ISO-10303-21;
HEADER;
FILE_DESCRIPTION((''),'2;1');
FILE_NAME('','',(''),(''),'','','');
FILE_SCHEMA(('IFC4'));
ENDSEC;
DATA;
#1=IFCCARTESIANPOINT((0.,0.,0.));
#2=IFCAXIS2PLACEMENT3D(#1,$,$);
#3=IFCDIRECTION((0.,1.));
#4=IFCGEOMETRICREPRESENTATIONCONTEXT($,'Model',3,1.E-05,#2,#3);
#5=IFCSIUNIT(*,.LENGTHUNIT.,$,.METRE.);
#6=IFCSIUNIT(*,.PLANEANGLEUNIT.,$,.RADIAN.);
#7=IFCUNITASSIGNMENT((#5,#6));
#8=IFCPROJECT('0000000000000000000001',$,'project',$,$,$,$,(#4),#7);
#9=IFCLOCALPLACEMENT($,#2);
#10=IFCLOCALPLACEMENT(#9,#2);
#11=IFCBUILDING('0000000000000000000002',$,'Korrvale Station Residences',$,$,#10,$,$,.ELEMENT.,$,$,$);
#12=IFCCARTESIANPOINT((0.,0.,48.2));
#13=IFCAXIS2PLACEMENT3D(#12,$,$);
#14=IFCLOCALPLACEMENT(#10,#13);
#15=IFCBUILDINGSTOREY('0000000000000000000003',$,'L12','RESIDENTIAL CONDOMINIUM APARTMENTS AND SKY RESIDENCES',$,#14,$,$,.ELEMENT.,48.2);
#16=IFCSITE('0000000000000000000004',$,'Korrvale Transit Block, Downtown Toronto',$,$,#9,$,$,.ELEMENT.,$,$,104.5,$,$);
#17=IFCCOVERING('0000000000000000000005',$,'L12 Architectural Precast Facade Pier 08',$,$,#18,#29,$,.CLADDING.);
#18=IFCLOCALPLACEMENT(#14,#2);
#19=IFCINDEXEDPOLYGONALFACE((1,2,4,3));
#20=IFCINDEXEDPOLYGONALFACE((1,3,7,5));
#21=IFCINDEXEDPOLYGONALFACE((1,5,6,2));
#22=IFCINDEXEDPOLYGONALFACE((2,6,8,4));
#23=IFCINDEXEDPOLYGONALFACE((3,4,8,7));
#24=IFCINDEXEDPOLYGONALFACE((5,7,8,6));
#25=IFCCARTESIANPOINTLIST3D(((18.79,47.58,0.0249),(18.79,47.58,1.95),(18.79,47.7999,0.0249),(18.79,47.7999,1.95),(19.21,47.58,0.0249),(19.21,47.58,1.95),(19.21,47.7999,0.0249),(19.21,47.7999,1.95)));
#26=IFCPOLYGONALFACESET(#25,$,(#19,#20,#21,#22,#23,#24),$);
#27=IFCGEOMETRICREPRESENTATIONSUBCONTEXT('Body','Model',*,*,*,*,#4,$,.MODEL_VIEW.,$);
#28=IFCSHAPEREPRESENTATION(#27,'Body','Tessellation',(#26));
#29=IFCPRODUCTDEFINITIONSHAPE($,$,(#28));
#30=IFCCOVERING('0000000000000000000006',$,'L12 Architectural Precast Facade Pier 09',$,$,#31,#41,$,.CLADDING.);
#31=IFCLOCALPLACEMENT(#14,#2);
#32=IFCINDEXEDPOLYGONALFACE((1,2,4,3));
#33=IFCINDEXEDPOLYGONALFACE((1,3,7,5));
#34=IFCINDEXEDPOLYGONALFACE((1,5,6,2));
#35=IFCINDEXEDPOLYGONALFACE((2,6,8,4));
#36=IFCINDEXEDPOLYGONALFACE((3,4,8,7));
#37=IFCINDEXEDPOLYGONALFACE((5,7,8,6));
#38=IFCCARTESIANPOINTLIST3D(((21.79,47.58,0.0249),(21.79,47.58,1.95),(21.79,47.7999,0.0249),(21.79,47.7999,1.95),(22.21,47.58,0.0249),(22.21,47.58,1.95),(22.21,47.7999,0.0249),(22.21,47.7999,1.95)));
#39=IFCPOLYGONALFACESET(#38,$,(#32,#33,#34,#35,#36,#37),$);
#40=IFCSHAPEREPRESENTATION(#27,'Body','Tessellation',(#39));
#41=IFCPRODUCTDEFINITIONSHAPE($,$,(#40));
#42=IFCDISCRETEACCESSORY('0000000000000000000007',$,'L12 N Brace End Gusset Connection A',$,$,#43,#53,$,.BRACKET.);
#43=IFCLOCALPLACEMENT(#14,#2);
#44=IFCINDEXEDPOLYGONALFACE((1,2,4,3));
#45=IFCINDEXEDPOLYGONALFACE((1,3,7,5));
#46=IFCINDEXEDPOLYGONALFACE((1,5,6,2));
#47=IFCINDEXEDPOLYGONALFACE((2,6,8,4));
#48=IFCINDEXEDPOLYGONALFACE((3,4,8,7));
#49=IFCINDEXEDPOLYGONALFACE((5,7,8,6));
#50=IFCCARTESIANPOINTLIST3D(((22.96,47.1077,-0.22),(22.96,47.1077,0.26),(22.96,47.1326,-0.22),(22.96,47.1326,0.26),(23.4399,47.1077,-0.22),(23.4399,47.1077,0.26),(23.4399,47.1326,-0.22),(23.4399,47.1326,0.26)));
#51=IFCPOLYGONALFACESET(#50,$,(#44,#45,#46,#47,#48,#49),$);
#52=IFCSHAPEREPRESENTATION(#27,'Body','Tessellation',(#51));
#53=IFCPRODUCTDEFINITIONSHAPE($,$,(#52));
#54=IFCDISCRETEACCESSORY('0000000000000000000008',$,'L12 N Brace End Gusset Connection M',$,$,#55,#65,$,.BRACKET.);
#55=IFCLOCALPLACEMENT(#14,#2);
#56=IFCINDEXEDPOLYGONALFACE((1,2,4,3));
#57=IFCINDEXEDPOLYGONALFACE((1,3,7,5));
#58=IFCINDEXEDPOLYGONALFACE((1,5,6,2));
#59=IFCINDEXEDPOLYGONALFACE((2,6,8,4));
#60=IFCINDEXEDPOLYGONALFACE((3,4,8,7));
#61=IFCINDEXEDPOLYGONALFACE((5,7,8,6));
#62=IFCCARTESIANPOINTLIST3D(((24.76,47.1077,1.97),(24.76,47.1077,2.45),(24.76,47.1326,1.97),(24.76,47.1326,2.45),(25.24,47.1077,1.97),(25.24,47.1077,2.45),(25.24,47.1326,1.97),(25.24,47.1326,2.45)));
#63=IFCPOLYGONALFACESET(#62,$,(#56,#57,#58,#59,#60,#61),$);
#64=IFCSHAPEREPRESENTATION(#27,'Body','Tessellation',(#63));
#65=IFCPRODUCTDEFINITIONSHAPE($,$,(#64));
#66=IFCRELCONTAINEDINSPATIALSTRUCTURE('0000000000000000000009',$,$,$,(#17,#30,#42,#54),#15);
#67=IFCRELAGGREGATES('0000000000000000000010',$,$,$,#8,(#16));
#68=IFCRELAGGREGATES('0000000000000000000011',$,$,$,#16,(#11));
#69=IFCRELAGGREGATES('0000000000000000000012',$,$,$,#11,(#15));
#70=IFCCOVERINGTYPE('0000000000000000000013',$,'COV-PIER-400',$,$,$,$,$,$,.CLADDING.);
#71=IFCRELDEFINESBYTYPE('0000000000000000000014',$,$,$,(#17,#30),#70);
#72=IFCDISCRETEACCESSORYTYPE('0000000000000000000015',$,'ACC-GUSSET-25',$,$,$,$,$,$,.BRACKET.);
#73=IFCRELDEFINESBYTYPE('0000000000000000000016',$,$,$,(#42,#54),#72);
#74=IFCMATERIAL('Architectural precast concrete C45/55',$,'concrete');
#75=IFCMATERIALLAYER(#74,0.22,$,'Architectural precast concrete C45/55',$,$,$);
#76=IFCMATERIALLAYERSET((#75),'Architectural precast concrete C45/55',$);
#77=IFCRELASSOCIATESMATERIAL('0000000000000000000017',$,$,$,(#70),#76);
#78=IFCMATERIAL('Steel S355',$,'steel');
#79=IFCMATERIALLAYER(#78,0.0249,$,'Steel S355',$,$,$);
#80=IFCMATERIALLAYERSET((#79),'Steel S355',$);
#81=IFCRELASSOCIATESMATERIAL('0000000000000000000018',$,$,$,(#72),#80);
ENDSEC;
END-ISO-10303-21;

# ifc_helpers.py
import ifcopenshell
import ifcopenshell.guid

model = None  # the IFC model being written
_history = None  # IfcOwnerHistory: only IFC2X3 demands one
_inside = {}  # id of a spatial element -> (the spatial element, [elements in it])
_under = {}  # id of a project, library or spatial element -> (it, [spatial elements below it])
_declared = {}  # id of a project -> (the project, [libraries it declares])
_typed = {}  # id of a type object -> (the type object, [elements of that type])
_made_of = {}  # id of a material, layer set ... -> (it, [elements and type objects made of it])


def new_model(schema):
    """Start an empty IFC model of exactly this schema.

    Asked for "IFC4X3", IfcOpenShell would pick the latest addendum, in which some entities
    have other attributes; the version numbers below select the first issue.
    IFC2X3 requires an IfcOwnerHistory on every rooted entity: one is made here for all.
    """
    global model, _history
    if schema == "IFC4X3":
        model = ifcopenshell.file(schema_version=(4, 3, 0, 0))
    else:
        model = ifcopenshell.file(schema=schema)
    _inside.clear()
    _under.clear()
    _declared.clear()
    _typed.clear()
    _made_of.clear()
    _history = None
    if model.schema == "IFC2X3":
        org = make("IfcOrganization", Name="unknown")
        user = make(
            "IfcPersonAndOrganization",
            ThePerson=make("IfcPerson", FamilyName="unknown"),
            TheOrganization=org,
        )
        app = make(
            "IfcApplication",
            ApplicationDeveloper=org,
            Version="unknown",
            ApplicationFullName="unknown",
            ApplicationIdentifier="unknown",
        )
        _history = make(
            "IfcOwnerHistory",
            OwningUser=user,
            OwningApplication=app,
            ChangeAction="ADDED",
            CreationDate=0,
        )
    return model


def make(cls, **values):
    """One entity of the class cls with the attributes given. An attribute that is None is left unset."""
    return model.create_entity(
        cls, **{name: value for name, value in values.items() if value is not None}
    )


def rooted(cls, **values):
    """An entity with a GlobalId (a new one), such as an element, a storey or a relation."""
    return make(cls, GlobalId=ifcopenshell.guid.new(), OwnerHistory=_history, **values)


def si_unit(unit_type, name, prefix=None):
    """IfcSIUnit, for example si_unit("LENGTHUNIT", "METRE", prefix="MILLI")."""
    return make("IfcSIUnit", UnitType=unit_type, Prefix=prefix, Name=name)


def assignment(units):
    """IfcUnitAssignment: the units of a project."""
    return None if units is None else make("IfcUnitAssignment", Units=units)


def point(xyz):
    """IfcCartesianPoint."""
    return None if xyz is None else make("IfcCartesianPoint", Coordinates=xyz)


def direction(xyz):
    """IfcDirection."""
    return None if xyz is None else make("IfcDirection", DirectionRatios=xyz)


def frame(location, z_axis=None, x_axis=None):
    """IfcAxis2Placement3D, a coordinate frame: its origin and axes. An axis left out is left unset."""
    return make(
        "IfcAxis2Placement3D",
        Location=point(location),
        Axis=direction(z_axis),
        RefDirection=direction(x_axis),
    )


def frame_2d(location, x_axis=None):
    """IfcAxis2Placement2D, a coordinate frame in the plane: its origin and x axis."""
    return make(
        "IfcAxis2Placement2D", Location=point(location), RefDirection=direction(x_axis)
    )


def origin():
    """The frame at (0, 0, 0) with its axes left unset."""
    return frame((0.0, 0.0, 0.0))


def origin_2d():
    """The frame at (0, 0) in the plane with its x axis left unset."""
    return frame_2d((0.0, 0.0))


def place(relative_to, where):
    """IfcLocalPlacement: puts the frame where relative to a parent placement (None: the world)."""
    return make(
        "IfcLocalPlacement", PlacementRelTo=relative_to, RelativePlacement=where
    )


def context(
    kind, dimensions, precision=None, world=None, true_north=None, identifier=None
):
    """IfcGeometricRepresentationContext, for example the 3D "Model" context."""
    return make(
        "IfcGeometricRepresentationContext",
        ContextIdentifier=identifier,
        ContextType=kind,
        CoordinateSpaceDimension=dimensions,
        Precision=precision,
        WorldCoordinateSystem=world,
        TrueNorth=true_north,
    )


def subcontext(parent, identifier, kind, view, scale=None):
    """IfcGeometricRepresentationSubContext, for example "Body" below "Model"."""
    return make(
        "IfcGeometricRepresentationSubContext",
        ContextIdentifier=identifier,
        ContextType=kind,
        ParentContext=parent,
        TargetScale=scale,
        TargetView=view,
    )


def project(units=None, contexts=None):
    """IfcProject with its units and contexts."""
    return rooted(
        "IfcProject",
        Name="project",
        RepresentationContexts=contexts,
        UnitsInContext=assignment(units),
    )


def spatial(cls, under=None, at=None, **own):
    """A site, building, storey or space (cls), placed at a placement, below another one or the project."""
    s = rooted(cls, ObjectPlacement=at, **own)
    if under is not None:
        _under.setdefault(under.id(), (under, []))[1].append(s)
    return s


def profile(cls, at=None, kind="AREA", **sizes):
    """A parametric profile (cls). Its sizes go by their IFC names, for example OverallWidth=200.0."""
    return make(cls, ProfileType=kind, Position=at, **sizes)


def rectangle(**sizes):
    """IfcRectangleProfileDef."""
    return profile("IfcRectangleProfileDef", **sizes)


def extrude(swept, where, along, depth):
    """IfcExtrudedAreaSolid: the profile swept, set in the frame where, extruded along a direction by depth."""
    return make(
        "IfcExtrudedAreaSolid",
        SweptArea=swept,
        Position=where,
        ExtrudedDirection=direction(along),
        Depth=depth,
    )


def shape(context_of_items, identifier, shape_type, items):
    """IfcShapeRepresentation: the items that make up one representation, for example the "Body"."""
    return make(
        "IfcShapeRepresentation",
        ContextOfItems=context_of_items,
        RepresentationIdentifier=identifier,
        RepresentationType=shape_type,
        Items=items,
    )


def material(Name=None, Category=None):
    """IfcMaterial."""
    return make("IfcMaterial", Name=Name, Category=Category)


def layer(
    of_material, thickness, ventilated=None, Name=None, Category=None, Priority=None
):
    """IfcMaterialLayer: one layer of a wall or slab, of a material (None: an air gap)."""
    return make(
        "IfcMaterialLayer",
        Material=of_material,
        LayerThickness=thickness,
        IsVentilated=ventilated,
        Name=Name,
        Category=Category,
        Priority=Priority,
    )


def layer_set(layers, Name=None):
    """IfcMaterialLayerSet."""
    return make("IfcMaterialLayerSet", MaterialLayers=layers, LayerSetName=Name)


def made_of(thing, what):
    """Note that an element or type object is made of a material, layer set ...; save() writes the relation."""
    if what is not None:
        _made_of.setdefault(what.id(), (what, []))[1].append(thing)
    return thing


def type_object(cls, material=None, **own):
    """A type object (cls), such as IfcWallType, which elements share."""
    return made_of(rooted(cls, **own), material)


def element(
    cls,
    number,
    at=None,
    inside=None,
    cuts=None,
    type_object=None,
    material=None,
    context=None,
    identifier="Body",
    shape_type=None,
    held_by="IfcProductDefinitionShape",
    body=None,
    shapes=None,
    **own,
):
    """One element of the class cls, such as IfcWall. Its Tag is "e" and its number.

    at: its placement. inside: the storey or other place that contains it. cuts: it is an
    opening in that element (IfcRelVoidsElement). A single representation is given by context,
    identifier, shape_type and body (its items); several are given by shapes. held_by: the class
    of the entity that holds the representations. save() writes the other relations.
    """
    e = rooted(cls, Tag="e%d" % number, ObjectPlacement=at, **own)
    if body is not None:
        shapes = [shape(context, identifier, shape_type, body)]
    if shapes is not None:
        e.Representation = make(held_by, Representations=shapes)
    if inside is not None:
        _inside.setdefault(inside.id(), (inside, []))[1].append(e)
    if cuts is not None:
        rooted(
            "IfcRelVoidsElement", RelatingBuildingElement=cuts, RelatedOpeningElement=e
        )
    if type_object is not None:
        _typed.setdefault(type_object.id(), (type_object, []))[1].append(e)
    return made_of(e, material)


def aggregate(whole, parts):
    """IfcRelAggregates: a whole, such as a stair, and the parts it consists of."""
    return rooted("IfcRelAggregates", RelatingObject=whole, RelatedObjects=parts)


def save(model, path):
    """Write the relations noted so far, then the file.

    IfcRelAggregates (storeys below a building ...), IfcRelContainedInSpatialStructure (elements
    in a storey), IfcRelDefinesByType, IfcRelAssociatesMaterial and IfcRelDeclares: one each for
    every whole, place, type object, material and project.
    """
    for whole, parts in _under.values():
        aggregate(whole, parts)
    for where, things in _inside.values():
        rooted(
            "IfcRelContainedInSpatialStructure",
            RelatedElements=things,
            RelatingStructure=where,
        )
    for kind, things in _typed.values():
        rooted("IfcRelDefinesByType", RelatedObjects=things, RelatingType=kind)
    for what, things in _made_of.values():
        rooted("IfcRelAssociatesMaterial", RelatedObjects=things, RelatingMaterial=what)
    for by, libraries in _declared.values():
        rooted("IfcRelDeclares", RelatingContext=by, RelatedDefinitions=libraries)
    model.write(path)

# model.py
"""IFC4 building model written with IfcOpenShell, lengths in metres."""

from ifc_helpers import new_model, si_unit, direction, frame, origin, origin_2d, place, context, subcontext, project, spatial, rectangle, extrude, material, layer, layer_set, type_object, element, save


model = new_model("IFC4")

# Units and contexts
model_context = context("Model", 3, precision=1e-05, world=origin(), true_north=direction((0.0, 1.0)))
body_context = subcontext(model_context, "Body", "Model", "MODEL_VIEW")
ifc_project = project(units=[si_unit("LENGTHUNIT", "METRE"), si_unit("PLANEANGLEUNIT", "RADIAN")], contexts=[model_context])

# Site, building, storey
site_placement = place(None, origin())
site = spatial("IfcSite", under=ifc_project, at=site_placement, Name="Korrvale Transit Block, Downtown Toronto", CompositionType="ELEMENT", RefElevation=104.5)
building_placement = place(site_placement, origin())
building = spatial("IfcBuilding", under=site, at=building_placement, Name="Korrvale Station Residences", CompositionType="ELEMENT")
storey_placement = place(building_placement, frame((0.0, 0.0, 48.2)))
storey = spatial("IfcBuildingStorey", under=building, at=storey_placement, Name="L12", Description="RESIDENTIAL CONDOMINIUM APARTMENTS AND SKY RESIDENCES", CompositionType="ELEMENT", Elevation=48.2)

# Shared definitions
ifc_material_1 = material(Name="Steel S355", Category="steel")

# Coverings
ifc_material_2 = material(Name="Architectural precast concrete C45/55", Category="concrete")
ifc_layer_1 = layer(ifc_material_2, 0.22, Name="Architectural precast concrete C45/55")
ifc_layer_set_1 = layer_set([ifc_layer_1], Name="Architectural precast concrete C45/55")
covering_type = type_object("IfcCoveringType", Name="COV-PIER-400", PredefinedType="CLADDING", material=ifc_layer_set_1)
for number, where, z_axis, x_axis, name in (
    (1, (19.0, 47.6899, 0.0249), (0.0, 0.0, 1.0), (1.0, 0.0, 0.0), "L12 Architectural Precast Facade Pier 08"),
    (2, (22.0, 47.6899, 0.0249), (0.0, 0.0, 1.0), (1.0, 0.0, 0.0), "L12 Architectural Precast Facade Pier 09"),
):
    element("IfcCovering", number, at=place(storey_placement, frame(where, z_axis=z_axis, x_axis=x_axis)), inside=storey, type_object=covering_type, Name=name, PredefinedType="CLADDING", context=body_context, shape_type="SweptSolid", body=[
        extrude(rectangle(XDim=0.4199, YDim=0.22, at=origin_2d()), origin(), (0.0, 0.0, 1.0), 1.925),
    ])

# Discrete accessories
ifc_layer_2 = layer(ifc_material_1, 0.0249, Name="Steel S355")
ifc_layer_set_2 = layer_set([ifc_layer_2], Name="Steel S355")
discrete_accessory_type = type_object("IfcDiscreteAccessoryType", Name="ACC-GUSSET-25", PredefinedType="BRACKET", material=ifc_layer_set_2)
for number, where, z_axis, x_axis, name in (
    (3, (23.2, 47.1201, -0.22), (0.0, 0.0, 1.0), (1.0, 0.0, 0.0), "L12 N Brace End Gusset Connection A"),
    (4, (25.0, 47.1201, 1.97), (0.0, 0.0, 1.0), (1.0, 0.0, 0.0), "L12 N Brace End Gusset Connection M"),
):
    element("IfcDiscreteAccessory", number, at=place(storey_placement, frame(where, z_axis=z_axis, x_axis=x_axis)), inside=storey, type_object=discrete_accessory_type, Name=name, PredefinedType="BRACKET", context=body_context, shape_type="SweptSolid", body=[
        extrude(rectangle(XDim=0.48, YDim=0.0249, at=origin_2d()), origin(), (0.0, 0.0, 1.0), 0.48),
    ])

save(model, "model.ifc")
